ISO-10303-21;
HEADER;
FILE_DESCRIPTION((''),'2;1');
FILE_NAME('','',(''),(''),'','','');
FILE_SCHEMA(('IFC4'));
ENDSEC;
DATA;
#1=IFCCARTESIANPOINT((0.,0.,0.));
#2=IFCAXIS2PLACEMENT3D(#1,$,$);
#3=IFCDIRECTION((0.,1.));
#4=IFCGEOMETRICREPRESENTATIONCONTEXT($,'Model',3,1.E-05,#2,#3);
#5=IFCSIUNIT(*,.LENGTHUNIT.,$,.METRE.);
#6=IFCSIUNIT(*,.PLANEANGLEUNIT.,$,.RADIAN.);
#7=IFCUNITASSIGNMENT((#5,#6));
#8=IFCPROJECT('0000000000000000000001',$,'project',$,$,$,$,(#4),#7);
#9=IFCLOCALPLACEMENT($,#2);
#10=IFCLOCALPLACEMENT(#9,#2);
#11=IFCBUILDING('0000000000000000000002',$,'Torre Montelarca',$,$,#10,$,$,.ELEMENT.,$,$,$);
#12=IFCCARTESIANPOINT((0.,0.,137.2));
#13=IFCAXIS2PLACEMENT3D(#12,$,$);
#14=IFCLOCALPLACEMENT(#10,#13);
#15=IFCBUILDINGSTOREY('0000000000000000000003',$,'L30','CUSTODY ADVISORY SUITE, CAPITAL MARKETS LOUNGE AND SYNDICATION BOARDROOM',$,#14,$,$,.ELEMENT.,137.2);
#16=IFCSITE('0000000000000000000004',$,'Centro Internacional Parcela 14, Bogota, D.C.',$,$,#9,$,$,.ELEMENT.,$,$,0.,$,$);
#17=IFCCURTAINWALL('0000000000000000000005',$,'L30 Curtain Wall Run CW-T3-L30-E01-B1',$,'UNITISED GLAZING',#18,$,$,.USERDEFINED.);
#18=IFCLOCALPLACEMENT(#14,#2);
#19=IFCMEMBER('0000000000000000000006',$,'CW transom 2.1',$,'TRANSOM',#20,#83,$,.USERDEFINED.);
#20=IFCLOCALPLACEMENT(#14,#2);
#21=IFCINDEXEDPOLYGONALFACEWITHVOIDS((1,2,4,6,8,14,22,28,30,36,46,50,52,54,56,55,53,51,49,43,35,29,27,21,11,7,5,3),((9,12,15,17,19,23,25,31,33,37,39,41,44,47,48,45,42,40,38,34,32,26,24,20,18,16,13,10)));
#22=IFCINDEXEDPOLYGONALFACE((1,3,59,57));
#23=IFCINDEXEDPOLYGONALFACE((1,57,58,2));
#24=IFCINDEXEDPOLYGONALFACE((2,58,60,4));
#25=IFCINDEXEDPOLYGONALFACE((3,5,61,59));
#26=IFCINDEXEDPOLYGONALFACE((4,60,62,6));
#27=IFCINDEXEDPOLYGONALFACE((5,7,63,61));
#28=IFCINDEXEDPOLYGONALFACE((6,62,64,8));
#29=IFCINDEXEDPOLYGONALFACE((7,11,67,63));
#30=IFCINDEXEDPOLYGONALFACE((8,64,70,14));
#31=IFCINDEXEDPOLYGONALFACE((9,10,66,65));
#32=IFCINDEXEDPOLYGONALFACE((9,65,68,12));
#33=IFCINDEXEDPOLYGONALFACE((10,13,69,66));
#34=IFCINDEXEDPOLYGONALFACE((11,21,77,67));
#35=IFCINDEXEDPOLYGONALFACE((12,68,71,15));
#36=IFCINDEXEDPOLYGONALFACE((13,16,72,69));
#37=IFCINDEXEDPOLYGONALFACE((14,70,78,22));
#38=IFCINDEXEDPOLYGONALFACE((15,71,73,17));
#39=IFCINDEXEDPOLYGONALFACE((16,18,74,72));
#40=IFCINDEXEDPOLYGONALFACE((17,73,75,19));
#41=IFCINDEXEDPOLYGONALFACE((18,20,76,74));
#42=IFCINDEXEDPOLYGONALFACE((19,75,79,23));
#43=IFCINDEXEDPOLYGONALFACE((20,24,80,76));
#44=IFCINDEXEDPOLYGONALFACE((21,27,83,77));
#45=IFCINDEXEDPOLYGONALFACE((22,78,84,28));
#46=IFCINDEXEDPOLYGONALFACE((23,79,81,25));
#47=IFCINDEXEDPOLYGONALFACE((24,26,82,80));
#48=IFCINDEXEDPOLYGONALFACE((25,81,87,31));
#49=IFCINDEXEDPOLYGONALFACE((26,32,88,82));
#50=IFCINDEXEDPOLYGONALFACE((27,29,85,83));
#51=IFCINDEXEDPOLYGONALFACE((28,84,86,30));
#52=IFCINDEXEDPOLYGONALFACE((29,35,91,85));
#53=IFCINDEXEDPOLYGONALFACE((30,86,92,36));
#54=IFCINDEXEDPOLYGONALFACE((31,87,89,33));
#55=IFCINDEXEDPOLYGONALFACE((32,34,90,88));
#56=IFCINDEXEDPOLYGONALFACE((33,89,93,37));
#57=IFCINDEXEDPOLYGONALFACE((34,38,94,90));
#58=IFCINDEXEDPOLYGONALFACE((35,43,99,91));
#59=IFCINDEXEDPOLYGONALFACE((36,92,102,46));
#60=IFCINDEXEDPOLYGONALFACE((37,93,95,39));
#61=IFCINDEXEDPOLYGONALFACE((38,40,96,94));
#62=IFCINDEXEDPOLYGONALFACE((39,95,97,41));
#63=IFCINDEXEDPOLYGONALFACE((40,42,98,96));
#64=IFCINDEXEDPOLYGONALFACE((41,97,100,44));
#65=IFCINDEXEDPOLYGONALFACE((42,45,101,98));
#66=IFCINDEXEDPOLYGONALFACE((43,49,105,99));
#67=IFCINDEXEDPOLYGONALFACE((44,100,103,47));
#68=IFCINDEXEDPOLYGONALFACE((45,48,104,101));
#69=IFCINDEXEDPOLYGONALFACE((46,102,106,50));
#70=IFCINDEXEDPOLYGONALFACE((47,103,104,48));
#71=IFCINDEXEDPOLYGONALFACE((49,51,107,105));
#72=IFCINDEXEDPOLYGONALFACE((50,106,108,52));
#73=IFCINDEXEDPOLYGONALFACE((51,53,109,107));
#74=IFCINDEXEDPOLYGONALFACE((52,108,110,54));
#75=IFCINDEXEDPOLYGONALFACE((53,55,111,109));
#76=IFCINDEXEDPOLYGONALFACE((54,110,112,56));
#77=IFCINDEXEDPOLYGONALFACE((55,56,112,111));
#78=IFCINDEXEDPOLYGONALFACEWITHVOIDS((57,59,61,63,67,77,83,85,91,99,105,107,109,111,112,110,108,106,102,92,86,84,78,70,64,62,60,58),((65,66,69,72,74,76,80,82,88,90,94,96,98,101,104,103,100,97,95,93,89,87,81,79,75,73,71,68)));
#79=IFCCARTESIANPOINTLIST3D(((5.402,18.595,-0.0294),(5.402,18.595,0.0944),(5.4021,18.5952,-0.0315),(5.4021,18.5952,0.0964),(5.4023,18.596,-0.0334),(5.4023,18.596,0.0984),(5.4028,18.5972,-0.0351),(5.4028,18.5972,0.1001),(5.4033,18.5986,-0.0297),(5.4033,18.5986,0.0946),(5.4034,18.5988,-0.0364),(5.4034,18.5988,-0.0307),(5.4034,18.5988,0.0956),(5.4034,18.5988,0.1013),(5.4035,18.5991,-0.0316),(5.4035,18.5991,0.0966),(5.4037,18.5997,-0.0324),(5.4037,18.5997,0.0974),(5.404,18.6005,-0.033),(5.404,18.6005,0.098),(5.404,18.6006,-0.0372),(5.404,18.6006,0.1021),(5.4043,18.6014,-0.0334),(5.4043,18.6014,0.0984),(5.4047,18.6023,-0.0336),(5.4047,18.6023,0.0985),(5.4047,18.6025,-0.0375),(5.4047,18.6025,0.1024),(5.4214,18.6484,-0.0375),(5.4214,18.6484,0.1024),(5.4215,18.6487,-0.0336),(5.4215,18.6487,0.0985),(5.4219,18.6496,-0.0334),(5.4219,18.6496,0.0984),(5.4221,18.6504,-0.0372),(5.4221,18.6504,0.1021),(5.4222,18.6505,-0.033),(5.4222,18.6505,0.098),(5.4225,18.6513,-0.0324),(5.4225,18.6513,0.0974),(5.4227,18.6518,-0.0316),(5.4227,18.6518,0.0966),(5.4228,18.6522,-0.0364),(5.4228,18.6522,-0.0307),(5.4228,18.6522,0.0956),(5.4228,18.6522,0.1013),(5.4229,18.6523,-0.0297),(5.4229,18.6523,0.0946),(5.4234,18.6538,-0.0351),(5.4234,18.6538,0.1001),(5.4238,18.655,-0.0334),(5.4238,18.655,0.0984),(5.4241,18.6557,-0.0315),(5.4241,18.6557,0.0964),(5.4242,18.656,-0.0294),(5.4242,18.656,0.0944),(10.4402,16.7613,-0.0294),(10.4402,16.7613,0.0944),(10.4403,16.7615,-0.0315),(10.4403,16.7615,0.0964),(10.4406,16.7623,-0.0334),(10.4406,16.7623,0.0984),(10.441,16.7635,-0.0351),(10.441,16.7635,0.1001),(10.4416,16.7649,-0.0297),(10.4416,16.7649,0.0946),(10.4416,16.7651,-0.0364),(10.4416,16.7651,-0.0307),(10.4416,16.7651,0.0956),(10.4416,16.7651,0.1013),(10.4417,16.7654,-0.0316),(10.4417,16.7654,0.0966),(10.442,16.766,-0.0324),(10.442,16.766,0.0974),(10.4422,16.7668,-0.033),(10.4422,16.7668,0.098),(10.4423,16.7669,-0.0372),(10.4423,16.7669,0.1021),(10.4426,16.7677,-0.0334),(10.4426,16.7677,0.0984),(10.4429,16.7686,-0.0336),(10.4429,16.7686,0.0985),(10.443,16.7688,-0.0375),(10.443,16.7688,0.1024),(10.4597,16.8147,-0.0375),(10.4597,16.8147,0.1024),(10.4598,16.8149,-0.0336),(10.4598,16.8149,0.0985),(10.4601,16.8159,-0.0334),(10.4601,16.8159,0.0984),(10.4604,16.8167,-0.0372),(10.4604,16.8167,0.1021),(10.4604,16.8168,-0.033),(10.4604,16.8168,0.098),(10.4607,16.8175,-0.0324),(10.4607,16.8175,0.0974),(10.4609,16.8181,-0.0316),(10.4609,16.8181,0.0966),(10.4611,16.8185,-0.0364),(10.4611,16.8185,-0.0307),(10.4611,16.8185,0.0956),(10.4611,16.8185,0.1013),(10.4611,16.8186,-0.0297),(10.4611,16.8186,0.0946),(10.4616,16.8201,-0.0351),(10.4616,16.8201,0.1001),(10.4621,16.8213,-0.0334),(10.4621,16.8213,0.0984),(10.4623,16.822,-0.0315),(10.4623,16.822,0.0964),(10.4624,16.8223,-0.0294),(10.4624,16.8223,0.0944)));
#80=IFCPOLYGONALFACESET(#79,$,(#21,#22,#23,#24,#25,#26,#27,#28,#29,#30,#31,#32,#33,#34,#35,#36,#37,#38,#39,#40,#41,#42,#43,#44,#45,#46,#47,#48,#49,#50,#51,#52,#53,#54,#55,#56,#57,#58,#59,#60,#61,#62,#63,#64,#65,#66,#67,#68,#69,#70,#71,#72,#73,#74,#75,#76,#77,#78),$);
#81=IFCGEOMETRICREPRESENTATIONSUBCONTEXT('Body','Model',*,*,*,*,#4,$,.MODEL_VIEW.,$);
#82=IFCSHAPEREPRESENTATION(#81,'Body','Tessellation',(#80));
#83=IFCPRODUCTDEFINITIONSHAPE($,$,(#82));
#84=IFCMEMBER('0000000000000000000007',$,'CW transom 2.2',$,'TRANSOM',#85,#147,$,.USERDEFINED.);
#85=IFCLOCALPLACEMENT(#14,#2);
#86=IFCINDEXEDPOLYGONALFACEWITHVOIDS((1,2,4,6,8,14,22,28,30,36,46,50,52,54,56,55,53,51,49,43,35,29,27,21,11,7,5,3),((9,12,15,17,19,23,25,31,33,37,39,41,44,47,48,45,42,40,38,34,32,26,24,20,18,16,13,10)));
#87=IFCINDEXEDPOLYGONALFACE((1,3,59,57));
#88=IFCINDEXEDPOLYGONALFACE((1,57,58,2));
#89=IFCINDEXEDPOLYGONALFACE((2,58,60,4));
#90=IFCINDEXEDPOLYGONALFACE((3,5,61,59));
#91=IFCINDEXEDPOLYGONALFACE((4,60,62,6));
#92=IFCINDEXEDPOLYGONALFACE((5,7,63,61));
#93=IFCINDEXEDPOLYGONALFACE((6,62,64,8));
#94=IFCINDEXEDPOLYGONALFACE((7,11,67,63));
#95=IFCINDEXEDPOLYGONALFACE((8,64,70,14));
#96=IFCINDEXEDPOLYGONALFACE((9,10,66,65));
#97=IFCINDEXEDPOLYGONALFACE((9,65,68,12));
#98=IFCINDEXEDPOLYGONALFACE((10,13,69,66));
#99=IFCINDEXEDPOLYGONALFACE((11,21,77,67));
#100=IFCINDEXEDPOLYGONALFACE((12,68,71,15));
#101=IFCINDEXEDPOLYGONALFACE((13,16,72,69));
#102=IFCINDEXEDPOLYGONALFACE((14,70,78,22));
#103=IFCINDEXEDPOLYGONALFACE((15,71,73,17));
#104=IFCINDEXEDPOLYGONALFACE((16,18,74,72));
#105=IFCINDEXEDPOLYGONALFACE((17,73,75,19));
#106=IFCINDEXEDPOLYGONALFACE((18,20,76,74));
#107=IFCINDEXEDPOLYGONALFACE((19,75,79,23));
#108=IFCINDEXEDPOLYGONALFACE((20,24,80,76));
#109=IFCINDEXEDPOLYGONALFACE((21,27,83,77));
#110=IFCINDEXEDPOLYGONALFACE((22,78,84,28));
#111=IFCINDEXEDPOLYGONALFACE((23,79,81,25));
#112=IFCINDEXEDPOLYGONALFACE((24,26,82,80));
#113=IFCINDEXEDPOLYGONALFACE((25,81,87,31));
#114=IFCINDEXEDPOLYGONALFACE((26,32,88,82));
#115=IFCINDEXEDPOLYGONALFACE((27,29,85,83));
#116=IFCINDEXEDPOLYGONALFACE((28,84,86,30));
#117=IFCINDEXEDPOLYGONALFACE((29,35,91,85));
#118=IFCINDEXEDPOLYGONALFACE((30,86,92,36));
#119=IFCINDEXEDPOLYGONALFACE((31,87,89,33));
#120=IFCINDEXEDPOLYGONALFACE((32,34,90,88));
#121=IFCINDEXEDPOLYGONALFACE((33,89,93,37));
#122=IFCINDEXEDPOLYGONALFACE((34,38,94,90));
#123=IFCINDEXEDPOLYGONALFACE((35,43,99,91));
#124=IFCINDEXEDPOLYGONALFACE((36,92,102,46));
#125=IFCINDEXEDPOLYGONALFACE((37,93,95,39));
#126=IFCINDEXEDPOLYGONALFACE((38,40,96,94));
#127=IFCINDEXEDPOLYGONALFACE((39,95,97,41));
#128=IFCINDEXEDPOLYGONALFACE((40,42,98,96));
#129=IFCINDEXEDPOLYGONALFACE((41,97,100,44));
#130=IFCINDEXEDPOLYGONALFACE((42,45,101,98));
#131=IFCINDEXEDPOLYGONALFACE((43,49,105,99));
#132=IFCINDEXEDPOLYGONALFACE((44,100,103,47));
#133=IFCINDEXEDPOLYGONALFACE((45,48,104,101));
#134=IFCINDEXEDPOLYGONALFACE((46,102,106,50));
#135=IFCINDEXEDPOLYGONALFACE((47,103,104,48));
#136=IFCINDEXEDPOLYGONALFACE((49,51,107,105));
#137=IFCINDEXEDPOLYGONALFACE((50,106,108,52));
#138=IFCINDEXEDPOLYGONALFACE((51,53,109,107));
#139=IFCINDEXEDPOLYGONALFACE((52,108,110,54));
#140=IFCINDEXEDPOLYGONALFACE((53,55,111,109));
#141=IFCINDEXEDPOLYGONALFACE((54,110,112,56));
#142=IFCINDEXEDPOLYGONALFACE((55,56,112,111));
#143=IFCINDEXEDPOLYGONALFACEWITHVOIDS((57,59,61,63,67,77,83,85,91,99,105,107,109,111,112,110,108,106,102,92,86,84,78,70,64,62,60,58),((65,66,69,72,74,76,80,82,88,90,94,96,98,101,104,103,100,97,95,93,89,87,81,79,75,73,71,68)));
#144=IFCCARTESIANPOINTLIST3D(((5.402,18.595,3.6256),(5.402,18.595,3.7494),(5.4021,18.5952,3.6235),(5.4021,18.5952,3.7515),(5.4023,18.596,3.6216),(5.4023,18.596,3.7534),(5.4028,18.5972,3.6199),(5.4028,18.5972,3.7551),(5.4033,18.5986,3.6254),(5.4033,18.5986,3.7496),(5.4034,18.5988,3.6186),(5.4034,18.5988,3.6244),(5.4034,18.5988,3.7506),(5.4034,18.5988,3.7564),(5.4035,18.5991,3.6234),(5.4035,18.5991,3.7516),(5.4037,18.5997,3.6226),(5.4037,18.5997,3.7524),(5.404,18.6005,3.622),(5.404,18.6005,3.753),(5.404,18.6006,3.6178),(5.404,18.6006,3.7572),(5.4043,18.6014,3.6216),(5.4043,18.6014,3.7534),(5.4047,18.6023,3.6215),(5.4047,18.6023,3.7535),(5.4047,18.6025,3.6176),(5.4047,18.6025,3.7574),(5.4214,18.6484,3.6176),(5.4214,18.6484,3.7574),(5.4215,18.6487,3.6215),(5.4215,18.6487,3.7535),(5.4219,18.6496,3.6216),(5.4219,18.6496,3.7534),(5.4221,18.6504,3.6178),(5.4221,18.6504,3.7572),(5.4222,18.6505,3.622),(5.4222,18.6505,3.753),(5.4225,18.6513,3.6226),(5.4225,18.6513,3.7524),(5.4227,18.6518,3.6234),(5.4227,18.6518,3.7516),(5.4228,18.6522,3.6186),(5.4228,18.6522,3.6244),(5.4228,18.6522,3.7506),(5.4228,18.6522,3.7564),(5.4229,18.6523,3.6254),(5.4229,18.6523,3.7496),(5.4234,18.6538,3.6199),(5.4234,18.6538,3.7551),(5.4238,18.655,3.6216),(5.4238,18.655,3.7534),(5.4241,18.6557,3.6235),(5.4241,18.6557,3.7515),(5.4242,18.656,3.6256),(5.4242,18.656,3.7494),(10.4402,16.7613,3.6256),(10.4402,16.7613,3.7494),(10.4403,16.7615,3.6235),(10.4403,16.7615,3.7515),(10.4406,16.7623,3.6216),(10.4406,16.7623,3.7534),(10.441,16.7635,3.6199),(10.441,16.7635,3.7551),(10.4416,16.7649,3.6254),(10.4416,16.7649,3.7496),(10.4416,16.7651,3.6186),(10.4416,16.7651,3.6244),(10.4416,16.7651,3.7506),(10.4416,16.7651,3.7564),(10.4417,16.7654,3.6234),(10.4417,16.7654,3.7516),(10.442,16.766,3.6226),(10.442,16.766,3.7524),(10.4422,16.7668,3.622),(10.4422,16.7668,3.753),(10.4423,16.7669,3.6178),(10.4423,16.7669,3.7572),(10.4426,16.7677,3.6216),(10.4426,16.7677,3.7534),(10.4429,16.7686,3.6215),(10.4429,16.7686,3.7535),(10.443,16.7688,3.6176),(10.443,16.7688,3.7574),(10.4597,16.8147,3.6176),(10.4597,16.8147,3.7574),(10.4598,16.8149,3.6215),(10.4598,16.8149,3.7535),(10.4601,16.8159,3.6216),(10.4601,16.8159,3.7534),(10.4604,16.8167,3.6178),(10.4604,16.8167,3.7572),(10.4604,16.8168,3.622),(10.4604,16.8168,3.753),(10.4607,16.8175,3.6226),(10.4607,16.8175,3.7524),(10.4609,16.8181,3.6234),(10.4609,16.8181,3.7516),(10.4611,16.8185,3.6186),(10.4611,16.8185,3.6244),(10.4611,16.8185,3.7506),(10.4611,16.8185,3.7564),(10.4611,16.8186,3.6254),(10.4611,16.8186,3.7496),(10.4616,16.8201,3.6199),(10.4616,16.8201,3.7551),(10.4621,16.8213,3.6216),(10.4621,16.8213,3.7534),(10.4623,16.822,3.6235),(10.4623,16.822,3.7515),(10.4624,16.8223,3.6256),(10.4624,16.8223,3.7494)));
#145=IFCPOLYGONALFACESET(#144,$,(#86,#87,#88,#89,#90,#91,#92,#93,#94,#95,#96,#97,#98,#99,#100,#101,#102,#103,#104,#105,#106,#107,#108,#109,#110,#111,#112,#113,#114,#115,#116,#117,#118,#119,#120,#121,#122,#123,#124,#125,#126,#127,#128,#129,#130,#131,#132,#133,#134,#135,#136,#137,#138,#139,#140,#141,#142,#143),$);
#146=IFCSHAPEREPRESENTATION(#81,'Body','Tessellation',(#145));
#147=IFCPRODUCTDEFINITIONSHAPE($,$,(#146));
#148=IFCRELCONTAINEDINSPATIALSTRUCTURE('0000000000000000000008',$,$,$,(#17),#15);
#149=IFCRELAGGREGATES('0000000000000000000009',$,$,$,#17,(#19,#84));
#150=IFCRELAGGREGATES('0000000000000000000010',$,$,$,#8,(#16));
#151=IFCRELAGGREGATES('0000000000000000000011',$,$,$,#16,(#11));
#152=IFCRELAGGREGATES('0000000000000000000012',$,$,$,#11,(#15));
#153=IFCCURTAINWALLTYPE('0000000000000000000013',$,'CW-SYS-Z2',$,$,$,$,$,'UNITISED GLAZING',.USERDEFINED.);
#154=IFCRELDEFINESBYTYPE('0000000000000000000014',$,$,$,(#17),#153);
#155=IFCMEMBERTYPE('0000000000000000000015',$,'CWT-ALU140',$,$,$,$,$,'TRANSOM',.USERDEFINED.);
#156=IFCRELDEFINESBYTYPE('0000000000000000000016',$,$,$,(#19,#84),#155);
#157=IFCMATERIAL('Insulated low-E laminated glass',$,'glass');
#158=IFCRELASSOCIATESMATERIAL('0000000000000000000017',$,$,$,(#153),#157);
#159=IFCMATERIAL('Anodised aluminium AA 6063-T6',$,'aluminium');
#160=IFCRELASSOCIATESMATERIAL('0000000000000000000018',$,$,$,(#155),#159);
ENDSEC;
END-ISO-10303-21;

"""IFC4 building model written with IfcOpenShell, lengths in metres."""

from ifc_helpers import new_model, si_unit, direction, frame, origin, origin_2d, place, context, subcontext, project, spatial, hollow_rectangle, extrude, source, transform, mapped, material, material_profile, profile_set, type_object, element, aggregate, save


model = new_model("IFC4")

# Units and contexts
model_context = context("Model", 3, precision=1e-05, world=origin(), true_north=direction((0.0, 1.0)))
body_context = subcontext(model_context, "Body", "Model", "MODEL_VIEW")
ifc_project = project(units=[si_unit("LENGTHUNIT", "METRE"), si_unit("PLANEANGLEUNIT", "RADIAN")], contexts=[model_context])

# Site, building, storey
site_placement = place(None, origin())
site = spatial("IfcSite", under=ifc_project, at=site_placement, Name="Centro Internacional Parcela 14, Bogota, D.C.", CompositionType="ELEMENT", RefElevation=0.0)
building_placement = place(site_placement, origin())
building = spatial("IfcBuilding", under=site, at=building_placement, Name="Torre Montelarca", CompositionType="ELEMENT")
storey_placement = place(building_placement, frame((0.0, 0.0, 137.2)))
storey = spatial("IfcBuildingStorey", under=building, at=storey_placement, Name="L30", Description="CUSTODY ADVISORY SUITE, CAPITAL MARKETS LOUNGE AND SYNDICATION BOARDROOM", CompositionType="ELEMENT", Elevation=137.2)

# Curtain wall
ifc_material_1 = material(Name="Insulated low-E laminated glass", Category="glass")
curtain_wall_type = type_object("IfcCurtainWallType", Name="CW-SYS-Z2", ElementType="UNITISED GLAZING", PredefinedType="USERDEFINED", material=ifc_material_1)
curtain_wall_1_placement = place(storey_placement, origin())
curtain_wall_1 = element("IfcCurtainWall", 1, at=curtain_wall_1_placement, inside=storey, type_object=curtain_wall_type, Name="L30 Curtain Wall Run CW-T3-L30-E01-B1", ObjectType="UNITISED GLAZING", PredefinedType="USERDEFINED")
ifc_material_2 = material(Name="Anodised aluminium AA 6063-T6", Category="aluminium")

# Members
ifc_material_profile_1 = material_profile(ifc_material_2, hollow_rectangle(XDim=0.0649, YDim=0.1399, WallThickness=0.0039, InnerFilletRadius=0.0039, OuterFilletRadius=0.0081, at=origin_2d()), Name="ALU65X140X4", Category="aluminium")
ifc_profile_set_1 = profile_set([ifc_material_profile_1], Name="Anodised aluminium AA 6063-T6")
member_type_1 = type_object("IfcMemberType", Name="CWT-ALU140", ElementType="TRANSOM", PredefinedType="USERDEFINED", material=ifc_profile_set_1)
shared_shape_1 = source(origin(), body_context, "Body", "SweptSolid", [
    extrude(hollow_rectangle(XDim=0.0649, YDim=0.1399, WallThickness=0.0039, InnerFilletRadius=0.0039, OuterFilletRadius=0.0081, at=origin_2d()), origin(), (0.0, 0.0, 1.0), 5.3616),
])
member_1_placement = place(storey_placement, frame((5.4131, 18.6255, 0.0325), z_axis=(0.939696, -0.34201, 0.0), x_axis=(0.34201, 0.939696, 0.0)))
member_1 = element("IfcMember", 2, at=member_1_placement, type_object=member_type_1, Name="CW transom 2.1", ObjectType="TRANSOM", PredefinedType="USERDEFINED", context=body_context, shape_type="MappedRepresentation", body=[
    mapped(shared_shape_1, transform((0.0, 0.0, 0.0), scale=1.0)),
])
member_2_placement = place(storey_placement, frame((5.4131, 18.6255, 3.6875), z_axis=(0.939696, -0.34201, 0.0), x_axis=(0.34201, 0.939696, 0.0)))
member_2 = element("IfcMember", 3, at=member_2_placement, type_object=member_type_1, Name="CW transom 2.2", ObjectType="TRANSOM", PredefinedType="USERDEFINED", context=body_context, shape_type="MappedRepresentation", body=[
    mapped(shared_shape_1, transform((0.0, 0.0, 0.0), scale=1.0)),
])

aggregate(curtain_wall_1, [member_1, member_2])

save(model, "model.ifc")
